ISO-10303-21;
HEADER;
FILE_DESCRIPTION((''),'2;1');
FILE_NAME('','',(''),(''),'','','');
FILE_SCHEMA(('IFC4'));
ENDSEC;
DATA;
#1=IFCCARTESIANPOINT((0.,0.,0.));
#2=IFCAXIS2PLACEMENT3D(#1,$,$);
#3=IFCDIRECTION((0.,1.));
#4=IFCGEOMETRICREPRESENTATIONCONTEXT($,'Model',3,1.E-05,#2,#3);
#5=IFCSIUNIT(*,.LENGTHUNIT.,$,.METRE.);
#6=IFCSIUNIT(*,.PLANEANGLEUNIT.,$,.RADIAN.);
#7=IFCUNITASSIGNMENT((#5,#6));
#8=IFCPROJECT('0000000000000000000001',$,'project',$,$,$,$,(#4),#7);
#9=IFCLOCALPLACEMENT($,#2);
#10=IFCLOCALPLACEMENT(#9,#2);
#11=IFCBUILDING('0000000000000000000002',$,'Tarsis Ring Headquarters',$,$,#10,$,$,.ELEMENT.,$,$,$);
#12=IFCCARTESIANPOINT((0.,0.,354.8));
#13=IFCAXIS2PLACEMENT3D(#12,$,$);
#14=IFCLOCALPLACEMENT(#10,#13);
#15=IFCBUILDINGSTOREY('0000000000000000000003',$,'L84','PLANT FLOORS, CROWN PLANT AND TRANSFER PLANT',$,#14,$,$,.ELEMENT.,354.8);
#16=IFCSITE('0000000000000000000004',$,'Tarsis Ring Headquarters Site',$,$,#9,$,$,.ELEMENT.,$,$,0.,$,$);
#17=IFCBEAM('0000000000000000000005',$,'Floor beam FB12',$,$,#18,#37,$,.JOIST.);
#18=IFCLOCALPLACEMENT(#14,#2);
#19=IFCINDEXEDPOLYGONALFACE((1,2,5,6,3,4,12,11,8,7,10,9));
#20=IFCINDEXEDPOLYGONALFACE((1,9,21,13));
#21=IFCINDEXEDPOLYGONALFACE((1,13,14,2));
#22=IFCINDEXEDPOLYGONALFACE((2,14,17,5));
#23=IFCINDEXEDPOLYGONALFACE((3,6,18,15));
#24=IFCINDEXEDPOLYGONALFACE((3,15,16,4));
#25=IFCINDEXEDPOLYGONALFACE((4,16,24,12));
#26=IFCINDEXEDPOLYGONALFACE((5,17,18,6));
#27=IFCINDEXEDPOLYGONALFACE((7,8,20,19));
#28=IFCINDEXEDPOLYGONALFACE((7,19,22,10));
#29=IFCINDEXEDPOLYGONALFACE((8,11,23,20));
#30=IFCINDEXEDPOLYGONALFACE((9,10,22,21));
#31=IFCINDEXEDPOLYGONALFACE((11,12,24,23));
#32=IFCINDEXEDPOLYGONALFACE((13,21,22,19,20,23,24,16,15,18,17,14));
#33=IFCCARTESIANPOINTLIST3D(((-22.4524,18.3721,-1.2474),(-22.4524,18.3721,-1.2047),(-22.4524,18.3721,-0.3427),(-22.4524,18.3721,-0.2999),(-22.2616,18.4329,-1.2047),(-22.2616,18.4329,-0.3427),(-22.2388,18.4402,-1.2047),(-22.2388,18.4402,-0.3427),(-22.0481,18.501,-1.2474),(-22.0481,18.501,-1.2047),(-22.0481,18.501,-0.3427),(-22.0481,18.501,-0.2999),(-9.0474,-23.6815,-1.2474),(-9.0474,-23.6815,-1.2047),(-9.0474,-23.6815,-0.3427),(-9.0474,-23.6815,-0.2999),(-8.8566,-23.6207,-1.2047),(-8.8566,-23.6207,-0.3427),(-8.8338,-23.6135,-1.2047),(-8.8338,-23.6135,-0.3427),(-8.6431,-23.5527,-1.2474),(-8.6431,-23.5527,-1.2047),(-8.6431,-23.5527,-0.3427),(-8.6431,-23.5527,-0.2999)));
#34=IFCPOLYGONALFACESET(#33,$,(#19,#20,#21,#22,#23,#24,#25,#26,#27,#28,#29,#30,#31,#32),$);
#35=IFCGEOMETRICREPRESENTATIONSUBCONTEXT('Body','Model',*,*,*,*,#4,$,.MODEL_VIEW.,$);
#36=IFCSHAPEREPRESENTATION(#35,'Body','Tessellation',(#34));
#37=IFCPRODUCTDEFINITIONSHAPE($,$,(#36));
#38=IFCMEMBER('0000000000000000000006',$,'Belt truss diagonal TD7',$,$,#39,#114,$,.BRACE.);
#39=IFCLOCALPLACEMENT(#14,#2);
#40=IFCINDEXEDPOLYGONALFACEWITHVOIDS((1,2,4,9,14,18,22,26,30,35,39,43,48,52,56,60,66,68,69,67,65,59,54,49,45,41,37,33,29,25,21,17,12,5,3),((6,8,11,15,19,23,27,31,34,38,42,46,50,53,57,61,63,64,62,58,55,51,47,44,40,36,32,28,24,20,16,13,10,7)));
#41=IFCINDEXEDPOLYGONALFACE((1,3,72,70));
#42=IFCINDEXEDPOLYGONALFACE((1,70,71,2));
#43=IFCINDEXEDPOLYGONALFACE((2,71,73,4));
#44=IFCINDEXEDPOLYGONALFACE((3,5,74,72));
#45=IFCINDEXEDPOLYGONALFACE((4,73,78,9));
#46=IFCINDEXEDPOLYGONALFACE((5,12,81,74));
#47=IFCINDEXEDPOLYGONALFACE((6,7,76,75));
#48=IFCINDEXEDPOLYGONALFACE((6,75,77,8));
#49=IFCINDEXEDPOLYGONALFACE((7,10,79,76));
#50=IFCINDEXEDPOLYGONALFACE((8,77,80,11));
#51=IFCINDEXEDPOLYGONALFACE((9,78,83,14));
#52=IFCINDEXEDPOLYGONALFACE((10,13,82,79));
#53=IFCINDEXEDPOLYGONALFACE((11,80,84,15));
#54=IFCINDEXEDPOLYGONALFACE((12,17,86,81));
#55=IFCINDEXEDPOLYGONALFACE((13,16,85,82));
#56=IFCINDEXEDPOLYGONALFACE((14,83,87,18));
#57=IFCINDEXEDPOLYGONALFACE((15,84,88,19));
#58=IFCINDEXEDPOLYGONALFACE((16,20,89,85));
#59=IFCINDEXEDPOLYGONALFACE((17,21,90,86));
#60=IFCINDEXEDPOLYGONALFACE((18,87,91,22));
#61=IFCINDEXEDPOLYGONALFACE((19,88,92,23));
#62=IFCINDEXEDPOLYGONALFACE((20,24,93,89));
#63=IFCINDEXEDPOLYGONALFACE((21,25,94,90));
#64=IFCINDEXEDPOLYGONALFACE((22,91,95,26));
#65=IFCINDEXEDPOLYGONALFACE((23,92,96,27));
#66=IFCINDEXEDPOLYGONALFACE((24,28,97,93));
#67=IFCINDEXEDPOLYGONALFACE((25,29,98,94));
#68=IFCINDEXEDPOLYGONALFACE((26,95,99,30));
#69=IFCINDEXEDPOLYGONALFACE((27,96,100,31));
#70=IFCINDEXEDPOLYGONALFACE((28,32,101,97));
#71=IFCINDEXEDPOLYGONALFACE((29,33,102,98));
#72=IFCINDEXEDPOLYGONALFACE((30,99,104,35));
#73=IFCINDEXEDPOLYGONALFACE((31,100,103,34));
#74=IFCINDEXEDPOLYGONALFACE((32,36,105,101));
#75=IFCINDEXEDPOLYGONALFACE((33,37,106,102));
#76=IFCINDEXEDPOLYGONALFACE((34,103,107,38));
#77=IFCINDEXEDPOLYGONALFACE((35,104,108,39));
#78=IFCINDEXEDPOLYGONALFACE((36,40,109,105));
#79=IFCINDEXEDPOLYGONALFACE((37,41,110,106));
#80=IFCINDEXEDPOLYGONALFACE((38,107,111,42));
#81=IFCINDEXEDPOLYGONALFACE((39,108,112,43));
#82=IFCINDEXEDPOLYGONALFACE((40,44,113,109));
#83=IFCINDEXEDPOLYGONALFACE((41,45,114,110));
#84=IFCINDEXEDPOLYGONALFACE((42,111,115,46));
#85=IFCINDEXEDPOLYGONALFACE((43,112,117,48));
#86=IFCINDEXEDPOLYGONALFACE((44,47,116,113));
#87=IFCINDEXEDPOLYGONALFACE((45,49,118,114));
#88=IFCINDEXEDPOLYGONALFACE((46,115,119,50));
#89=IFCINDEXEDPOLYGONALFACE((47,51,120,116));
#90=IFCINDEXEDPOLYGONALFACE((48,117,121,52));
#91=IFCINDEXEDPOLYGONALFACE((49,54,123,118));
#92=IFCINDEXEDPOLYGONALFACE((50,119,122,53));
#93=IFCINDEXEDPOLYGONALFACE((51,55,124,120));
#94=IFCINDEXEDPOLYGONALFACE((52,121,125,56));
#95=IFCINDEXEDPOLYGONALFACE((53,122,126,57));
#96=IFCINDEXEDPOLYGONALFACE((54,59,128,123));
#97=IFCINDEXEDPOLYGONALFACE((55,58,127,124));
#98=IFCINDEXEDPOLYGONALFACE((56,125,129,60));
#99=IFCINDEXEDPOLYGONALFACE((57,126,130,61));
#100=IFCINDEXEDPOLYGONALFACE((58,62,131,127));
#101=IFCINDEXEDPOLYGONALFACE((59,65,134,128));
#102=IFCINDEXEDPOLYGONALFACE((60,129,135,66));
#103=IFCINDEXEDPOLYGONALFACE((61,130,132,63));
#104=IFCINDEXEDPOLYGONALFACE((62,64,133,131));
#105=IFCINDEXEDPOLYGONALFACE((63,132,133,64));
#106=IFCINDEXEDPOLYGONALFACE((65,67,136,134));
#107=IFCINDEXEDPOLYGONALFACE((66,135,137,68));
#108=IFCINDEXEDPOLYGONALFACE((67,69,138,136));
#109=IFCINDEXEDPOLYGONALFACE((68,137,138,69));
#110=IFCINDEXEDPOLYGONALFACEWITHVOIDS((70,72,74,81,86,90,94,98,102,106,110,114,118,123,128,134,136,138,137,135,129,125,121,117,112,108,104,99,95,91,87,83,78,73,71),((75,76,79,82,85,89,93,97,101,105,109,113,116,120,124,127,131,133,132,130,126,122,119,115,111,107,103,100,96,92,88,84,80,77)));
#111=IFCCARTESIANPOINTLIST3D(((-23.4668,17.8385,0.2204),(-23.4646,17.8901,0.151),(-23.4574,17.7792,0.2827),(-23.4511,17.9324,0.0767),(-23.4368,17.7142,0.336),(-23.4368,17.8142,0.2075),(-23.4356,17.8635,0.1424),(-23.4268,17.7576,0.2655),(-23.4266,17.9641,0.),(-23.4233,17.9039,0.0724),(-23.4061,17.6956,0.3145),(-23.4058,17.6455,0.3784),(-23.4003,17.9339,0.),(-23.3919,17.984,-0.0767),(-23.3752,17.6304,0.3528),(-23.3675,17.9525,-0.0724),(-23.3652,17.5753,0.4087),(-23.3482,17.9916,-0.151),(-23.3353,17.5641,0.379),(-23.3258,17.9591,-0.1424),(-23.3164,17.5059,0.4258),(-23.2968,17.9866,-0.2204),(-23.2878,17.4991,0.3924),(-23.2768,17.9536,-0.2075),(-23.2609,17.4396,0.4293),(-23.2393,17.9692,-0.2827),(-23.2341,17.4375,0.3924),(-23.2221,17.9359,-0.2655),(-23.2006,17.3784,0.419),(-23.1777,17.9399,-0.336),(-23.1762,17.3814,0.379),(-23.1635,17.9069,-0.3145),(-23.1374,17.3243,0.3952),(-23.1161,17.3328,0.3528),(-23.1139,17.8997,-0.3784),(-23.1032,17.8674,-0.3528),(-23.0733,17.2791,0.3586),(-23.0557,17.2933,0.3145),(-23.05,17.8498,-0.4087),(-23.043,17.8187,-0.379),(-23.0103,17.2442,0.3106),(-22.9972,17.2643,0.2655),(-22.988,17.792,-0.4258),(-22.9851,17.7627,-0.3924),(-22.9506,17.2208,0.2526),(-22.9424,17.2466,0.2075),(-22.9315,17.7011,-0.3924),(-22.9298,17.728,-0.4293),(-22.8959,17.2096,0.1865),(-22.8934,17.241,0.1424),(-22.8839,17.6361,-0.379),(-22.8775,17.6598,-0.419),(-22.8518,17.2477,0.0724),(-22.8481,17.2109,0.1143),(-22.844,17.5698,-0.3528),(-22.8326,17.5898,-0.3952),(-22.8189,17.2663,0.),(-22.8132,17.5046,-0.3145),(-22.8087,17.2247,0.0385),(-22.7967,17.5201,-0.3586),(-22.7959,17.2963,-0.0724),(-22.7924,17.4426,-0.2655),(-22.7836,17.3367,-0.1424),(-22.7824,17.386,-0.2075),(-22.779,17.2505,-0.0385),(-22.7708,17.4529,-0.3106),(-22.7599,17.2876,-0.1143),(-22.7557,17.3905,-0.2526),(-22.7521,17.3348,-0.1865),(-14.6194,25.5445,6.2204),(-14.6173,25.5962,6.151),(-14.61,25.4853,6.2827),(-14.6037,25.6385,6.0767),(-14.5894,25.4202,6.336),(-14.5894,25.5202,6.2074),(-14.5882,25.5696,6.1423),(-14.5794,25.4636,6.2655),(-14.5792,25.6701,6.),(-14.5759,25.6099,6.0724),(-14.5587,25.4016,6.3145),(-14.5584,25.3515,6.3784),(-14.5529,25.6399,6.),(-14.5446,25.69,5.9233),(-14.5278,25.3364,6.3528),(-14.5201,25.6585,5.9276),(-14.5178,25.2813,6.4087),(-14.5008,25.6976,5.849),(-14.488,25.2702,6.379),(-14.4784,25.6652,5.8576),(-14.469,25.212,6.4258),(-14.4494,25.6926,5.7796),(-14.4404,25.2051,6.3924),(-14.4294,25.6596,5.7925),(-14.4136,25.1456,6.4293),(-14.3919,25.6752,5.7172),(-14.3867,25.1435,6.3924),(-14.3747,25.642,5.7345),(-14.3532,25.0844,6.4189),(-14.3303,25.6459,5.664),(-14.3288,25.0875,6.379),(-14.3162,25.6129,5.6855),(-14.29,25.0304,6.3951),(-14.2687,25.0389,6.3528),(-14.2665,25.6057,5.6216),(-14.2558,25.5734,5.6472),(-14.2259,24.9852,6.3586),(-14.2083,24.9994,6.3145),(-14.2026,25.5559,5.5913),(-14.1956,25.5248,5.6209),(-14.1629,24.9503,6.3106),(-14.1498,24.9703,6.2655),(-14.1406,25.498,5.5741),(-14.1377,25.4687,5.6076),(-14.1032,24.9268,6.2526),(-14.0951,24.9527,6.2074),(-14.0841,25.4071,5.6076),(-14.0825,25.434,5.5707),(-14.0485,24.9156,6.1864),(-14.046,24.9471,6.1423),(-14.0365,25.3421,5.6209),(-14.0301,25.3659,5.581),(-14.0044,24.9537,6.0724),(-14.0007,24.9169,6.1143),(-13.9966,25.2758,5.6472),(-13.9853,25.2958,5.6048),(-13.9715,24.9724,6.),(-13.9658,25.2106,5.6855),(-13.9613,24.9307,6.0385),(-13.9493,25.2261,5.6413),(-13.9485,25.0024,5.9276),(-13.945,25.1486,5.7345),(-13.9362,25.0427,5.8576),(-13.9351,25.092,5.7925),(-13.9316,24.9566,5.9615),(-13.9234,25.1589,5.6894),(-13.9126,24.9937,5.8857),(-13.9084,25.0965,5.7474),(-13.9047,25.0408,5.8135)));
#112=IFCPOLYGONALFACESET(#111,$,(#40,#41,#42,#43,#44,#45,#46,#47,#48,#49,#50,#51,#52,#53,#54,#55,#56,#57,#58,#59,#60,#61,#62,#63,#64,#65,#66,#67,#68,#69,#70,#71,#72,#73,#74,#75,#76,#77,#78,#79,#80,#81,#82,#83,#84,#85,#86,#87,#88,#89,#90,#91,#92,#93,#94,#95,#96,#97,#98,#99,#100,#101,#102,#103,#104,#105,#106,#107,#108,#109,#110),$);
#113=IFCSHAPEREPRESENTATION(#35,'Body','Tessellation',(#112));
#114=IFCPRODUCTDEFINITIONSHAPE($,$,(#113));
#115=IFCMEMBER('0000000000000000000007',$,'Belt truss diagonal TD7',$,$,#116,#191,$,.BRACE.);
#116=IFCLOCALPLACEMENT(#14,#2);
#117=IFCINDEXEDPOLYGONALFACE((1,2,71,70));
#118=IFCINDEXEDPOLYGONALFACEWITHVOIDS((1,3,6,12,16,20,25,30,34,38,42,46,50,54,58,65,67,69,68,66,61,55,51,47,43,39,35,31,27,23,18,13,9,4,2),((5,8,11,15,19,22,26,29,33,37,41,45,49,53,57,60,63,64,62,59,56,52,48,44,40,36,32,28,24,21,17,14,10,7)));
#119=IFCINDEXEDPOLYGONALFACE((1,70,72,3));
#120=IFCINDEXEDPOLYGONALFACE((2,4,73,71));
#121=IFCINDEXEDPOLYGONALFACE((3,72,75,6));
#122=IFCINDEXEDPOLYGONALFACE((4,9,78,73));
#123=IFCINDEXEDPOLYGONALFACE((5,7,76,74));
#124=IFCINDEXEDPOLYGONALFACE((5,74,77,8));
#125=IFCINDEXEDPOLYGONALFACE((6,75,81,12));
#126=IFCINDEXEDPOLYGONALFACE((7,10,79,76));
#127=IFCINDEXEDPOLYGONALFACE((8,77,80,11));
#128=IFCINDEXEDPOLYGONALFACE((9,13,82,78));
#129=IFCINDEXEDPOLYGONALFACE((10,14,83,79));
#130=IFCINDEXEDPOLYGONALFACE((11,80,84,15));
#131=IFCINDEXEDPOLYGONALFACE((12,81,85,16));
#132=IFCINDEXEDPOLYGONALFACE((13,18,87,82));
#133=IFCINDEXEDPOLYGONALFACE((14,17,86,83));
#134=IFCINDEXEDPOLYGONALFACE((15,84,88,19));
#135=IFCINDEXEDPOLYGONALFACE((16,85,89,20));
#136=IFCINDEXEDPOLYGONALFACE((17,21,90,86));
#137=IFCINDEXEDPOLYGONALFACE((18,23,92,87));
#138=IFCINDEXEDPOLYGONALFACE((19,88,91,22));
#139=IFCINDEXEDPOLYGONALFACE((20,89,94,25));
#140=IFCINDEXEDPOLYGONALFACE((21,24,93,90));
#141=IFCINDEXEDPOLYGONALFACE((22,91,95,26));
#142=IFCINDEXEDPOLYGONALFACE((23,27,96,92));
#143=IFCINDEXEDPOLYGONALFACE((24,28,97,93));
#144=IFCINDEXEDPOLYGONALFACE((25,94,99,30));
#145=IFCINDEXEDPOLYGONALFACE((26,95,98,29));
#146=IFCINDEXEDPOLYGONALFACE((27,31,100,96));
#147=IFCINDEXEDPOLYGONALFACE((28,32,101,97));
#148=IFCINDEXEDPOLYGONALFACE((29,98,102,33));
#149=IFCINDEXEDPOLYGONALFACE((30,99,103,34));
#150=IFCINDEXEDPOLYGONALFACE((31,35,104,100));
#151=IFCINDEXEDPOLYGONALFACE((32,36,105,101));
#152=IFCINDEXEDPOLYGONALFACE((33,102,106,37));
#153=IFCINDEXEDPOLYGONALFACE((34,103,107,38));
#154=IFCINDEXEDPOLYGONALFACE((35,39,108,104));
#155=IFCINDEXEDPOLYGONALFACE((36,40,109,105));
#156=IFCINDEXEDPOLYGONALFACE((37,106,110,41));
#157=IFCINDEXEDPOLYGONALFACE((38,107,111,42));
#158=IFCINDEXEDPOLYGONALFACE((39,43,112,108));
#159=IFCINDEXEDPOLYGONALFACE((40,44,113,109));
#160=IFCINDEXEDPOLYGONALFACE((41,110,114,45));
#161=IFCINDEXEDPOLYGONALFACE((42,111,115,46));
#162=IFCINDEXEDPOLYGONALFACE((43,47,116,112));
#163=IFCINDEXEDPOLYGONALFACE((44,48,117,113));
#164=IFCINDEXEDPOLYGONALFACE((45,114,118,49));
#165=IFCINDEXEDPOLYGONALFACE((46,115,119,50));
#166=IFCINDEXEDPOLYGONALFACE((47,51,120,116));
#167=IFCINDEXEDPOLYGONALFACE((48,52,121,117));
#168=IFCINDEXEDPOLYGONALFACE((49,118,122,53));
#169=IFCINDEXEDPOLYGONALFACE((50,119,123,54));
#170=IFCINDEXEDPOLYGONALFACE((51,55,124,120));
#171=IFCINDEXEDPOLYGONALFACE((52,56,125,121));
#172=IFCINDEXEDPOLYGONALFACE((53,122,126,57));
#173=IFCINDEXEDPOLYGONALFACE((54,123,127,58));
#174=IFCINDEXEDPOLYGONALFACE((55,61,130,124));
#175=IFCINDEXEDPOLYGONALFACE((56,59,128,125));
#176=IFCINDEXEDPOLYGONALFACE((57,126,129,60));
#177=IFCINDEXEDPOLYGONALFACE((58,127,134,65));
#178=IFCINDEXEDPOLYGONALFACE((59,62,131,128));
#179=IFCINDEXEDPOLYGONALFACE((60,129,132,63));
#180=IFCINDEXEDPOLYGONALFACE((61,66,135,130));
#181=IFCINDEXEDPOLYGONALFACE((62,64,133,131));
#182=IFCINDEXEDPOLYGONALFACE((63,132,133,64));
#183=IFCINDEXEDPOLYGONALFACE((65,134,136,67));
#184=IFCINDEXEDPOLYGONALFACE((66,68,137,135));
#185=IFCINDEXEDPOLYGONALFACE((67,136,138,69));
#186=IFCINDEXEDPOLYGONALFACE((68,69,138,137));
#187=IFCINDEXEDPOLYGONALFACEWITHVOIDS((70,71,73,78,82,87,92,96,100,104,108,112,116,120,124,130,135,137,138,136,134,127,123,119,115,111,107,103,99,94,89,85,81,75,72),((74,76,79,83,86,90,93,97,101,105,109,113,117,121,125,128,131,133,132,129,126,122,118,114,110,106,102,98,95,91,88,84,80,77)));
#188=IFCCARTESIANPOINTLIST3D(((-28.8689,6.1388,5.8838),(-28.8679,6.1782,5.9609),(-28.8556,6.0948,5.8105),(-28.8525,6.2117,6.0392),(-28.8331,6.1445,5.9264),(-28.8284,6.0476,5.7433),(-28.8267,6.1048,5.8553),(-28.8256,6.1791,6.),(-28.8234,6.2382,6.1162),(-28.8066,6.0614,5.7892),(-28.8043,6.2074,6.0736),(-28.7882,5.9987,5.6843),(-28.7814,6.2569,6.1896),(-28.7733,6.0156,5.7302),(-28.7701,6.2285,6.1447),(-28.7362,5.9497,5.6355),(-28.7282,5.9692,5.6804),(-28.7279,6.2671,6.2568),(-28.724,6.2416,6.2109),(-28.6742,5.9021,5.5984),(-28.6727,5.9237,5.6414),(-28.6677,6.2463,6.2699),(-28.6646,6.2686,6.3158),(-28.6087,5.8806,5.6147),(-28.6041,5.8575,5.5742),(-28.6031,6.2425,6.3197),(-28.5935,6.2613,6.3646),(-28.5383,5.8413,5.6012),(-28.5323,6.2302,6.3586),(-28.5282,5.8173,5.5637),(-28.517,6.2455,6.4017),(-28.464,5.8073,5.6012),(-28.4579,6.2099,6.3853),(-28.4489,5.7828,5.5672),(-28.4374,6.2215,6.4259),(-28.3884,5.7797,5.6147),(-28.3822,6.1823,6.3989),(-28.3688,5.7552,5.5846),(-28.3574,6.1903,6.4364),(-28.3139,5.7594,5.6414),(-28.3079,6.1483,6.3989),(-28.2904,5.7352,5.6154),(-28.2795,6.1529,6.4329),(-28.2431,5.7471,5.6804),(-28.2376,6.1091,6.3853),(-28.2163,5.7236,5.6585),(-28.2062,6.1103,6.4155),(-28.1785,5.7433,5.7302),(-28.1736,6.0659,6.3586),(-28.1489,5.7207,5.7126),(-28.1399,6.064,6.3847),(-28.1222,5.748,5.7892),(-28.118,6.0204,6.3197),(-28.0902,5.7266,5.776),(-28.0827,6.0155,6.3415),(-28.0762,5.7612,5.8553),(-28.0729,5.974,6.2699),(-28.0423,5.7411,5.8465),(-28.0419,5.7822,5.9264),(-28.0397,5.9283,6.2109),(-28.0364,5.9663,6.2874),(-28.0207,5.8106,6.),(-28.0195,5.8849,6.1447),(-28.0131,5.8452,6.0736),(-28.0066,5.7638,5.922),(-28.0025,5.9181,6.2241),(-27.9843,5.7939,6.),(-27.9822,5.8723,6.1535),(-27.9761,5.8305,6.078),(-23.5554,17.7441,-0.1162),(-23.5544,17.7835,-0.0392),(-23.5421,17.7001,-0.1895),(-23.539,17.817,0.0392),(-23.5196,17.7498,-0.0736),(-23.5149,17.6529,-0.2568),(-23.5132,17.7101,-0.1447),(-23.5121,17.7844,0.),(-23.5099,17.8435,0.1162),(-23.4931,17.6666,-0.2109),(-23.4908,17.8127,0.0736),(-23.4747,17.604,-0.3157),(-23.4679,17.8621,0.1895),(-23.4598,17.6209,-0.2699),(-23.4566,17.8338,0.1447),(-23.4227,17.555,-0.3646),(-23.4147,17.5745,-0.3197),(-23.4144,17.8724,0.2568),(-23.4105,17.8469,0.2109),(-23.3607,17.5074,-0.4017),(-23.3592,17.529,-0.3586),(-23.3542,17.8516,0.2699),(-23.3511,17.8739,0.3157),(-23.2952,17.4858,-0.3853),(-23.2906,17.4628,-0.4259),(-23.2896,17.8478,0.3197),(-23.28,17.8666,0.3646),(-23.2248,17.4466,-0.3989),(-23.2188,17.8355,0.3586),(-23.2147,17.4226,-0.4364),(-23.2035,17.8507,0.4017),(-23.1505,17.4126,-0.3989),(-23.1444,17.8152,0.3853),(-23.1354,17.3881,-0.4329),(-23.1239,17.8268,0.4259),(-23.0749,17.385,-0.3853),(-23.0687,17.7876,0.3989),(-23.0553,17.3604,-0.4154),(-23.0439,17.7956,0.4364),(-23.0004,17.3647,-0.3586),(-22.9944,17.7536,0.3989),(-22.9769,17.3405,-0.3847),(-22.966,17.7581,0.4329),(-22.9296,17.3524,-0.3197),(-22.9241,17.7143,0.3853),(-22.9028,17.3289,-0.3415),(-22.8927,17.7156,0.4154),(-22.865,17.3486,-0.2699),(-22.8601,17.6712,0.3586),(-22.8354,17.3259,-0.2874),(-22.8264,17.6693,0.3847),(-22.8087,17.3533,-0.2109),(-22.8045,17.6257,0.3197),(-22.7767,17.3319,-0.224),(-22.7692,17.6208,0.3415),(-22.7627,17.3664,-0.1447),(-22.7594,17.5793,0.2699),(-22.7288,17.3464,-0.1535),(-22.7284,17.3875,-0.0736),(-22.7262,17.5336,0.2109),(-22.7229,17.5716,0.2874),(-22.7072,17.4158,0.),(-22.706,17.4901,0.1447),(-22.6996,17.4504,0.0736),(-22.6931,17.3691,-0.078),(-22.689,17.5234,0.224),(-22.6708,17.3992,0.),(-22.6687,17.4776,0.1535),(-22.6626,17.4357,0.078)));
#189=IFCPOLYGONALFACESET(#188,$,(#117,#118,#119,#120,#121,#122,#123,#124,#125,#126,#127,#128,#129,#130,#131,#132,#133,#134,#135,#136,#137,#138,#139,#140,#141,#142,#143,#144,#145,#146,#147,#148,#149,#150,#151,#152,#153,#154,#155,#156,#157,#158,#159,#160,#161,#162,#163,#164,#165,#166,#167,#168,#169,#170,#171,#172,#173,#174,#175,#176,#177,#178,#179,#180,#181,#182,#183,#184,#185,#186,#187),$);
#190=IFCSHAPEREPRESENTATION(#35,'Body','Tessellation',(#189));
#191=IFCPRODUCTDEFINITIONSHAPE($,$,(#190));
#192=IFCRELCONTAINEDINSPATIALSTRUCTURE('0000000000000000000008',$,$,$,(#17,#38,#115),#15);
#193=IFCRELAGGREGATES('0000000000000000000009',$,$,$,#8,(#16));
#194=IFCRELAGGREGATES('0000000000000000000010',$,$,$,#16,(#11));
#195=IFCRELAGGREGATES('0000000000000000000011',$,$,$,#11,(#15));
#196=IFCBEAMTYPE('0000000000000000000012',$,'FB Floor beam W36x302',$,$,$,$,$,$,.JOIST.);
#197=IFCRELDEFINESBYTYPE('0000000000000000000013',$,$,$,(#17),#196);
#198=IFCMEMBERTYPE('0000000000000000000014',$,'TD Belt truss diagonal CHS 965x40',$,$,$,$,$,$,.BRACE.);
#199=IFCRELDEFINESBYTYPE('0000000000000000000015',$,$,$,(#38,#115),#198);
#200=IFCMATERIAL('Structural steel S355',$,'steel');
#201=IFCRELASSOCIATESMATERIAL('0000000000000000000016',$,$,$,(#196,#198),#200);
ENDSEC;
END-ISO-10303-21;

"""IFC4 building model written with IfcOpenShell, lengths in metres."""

from ifc_helpers import new_model, si_unit, direction, frame, origin, origin_2d, place, context, subcontext, project, spatial, hollow_circle, i_section, extrude, material, material_profile, profile_set, type_object, element, save


model = new_model("IFC4")

# Units and contexts
model_context = context("Model", 3, precision=1e-05, world=origin(), true_north=direction((0.0, 1.0)))
body_context = subcontext(model_context, "Body", "Model", "MODEL_VIEW")
ifc_project = project(units=[si_unit("LENGTHUNIT", "METRE"), si_unit("PLANEANGLEUNIT", "RADIAN")], contexts=[model_context])

# Site, building, storey
site_placement = place(None, origin())
site = spatial("IfcSite", under=ifc_project, at=site_placement, Name="Tarsis Ring Headquarters Site", CompositionType="ELEMENT", RefElevation=0.0)
building_placement = place(site_placement, origin())
building = spatial("IfcBuilding", under=site, at=building_placement, Name="Tarsis Ring Headquarters", CompositionType="ELEMENT")
storey_placement = place(building_placement, frame((0.0, 0.0, 354.8)))
storey = spatial("IfcBuildingStorey", under=building, at=storey_placement, Name="L84", Description="PLANT FLOORS, CROWN PLANT AND TRANSFER PLANT", CompositionType="ELEMENT", Elevation=354.8)

# Shared definitions
ifc_material_1 = material(Name="Structural steel S355", Category="steel")
ifc_material_profile_1 = material_profile(ifc_material_1, hollow_circle(Radius=0.4827, WallThickness=0.04, at=origin_2d()), Name="CHS 965x40")
ifc_profile_set_1 = profile_set([ifc_material_profile_1], Name="Structural steel S355")

# Beam
ifc_material_profile_2 = material_profile(ifc_material_1, i_section(OverallWidth=0.4243, OverallDepth=0.9475, WebThickness=0.0239, FlangeThickness=0.0427, at=origin_2d()), Name="W36x302")
ifc_profile_set_2 = profile_set([ifc_material_profile_2], Name="Structural steel S355")
beam_type_1 = type_object("IfcBeamType", Name="FB Floor beam W36x302", PredefinedType="JOIST", material=ifc_profile_set_2)
beam_1_placement = place(storey_placement, frame((-22.2502, 18.4365, -0.7737), z_axis=(0.303704, -0.952767, 0.0), x_axis=(0.952767, 0.303704, 0.0)))
element("IfcBeam", 1, at=beam_1_placement, inside=storey, type_object=beam_type_1, Name="Floor beam FB12", PredefinedType="JOIST", context=body_context, shape_type="SweptSolid", body=[
    extrude(i_section(OverallWidth=0.4243, OverallDepth=0.9475, WebThickness=0.0239, FlangeThickness=0.0427, at=origin_2d()), origin(), (0.0, 0.0, 1.0), 44.1384),
])

# Members
member_type = type_object("IfcMemberType", Name="TD Belt truss diagonal CHS 965x40", PredefinedType="BRACE", material=ifc_profile_set_1)
member_1_placement = place(storey_placement, frame((-23.1096, 17.6001, 0.0), z_axis=(0.671377, 0.584766, 0.455304), x_axis=(-0.656793, 0.754071, 0.0)))
element("IfcMember", 2, at=member_1_placement, inside=storey, type_object=member_type, Name="Belt truss diagonal TD7", PredefinedType="BRACE", context=body_context, shape_type="SweptSolid", body=[
    extrude(hollow_circle(Radius=0.4827, WallThickness=0.04, at=origin_2d()), origin(), (0.0, 0.0, 1.0), 13.178),
])
member_2_placement = place(storey_placement, frame((-23.1096, 17.6001, 0.0), z_axis=(-0.376744, -0.82285, 0.42542), x_axis=(0.90923, -0.416293, 0.0)))
element("IfcMember", 3, at=member_2_placement, inside=storey, type_object=member_type, Name="Belt truss diagonal TD7", PredefinedType="BRACE", context=body_context, shape_type="SweptSolid", body=[
    extrude(hollow_circle(Radius=0.4827, WallThickness=0.04, at=origin_2d()), origin(), (0.0, 0.0, 1.0), 14.1038),
])

save(model, "model.ifc")
